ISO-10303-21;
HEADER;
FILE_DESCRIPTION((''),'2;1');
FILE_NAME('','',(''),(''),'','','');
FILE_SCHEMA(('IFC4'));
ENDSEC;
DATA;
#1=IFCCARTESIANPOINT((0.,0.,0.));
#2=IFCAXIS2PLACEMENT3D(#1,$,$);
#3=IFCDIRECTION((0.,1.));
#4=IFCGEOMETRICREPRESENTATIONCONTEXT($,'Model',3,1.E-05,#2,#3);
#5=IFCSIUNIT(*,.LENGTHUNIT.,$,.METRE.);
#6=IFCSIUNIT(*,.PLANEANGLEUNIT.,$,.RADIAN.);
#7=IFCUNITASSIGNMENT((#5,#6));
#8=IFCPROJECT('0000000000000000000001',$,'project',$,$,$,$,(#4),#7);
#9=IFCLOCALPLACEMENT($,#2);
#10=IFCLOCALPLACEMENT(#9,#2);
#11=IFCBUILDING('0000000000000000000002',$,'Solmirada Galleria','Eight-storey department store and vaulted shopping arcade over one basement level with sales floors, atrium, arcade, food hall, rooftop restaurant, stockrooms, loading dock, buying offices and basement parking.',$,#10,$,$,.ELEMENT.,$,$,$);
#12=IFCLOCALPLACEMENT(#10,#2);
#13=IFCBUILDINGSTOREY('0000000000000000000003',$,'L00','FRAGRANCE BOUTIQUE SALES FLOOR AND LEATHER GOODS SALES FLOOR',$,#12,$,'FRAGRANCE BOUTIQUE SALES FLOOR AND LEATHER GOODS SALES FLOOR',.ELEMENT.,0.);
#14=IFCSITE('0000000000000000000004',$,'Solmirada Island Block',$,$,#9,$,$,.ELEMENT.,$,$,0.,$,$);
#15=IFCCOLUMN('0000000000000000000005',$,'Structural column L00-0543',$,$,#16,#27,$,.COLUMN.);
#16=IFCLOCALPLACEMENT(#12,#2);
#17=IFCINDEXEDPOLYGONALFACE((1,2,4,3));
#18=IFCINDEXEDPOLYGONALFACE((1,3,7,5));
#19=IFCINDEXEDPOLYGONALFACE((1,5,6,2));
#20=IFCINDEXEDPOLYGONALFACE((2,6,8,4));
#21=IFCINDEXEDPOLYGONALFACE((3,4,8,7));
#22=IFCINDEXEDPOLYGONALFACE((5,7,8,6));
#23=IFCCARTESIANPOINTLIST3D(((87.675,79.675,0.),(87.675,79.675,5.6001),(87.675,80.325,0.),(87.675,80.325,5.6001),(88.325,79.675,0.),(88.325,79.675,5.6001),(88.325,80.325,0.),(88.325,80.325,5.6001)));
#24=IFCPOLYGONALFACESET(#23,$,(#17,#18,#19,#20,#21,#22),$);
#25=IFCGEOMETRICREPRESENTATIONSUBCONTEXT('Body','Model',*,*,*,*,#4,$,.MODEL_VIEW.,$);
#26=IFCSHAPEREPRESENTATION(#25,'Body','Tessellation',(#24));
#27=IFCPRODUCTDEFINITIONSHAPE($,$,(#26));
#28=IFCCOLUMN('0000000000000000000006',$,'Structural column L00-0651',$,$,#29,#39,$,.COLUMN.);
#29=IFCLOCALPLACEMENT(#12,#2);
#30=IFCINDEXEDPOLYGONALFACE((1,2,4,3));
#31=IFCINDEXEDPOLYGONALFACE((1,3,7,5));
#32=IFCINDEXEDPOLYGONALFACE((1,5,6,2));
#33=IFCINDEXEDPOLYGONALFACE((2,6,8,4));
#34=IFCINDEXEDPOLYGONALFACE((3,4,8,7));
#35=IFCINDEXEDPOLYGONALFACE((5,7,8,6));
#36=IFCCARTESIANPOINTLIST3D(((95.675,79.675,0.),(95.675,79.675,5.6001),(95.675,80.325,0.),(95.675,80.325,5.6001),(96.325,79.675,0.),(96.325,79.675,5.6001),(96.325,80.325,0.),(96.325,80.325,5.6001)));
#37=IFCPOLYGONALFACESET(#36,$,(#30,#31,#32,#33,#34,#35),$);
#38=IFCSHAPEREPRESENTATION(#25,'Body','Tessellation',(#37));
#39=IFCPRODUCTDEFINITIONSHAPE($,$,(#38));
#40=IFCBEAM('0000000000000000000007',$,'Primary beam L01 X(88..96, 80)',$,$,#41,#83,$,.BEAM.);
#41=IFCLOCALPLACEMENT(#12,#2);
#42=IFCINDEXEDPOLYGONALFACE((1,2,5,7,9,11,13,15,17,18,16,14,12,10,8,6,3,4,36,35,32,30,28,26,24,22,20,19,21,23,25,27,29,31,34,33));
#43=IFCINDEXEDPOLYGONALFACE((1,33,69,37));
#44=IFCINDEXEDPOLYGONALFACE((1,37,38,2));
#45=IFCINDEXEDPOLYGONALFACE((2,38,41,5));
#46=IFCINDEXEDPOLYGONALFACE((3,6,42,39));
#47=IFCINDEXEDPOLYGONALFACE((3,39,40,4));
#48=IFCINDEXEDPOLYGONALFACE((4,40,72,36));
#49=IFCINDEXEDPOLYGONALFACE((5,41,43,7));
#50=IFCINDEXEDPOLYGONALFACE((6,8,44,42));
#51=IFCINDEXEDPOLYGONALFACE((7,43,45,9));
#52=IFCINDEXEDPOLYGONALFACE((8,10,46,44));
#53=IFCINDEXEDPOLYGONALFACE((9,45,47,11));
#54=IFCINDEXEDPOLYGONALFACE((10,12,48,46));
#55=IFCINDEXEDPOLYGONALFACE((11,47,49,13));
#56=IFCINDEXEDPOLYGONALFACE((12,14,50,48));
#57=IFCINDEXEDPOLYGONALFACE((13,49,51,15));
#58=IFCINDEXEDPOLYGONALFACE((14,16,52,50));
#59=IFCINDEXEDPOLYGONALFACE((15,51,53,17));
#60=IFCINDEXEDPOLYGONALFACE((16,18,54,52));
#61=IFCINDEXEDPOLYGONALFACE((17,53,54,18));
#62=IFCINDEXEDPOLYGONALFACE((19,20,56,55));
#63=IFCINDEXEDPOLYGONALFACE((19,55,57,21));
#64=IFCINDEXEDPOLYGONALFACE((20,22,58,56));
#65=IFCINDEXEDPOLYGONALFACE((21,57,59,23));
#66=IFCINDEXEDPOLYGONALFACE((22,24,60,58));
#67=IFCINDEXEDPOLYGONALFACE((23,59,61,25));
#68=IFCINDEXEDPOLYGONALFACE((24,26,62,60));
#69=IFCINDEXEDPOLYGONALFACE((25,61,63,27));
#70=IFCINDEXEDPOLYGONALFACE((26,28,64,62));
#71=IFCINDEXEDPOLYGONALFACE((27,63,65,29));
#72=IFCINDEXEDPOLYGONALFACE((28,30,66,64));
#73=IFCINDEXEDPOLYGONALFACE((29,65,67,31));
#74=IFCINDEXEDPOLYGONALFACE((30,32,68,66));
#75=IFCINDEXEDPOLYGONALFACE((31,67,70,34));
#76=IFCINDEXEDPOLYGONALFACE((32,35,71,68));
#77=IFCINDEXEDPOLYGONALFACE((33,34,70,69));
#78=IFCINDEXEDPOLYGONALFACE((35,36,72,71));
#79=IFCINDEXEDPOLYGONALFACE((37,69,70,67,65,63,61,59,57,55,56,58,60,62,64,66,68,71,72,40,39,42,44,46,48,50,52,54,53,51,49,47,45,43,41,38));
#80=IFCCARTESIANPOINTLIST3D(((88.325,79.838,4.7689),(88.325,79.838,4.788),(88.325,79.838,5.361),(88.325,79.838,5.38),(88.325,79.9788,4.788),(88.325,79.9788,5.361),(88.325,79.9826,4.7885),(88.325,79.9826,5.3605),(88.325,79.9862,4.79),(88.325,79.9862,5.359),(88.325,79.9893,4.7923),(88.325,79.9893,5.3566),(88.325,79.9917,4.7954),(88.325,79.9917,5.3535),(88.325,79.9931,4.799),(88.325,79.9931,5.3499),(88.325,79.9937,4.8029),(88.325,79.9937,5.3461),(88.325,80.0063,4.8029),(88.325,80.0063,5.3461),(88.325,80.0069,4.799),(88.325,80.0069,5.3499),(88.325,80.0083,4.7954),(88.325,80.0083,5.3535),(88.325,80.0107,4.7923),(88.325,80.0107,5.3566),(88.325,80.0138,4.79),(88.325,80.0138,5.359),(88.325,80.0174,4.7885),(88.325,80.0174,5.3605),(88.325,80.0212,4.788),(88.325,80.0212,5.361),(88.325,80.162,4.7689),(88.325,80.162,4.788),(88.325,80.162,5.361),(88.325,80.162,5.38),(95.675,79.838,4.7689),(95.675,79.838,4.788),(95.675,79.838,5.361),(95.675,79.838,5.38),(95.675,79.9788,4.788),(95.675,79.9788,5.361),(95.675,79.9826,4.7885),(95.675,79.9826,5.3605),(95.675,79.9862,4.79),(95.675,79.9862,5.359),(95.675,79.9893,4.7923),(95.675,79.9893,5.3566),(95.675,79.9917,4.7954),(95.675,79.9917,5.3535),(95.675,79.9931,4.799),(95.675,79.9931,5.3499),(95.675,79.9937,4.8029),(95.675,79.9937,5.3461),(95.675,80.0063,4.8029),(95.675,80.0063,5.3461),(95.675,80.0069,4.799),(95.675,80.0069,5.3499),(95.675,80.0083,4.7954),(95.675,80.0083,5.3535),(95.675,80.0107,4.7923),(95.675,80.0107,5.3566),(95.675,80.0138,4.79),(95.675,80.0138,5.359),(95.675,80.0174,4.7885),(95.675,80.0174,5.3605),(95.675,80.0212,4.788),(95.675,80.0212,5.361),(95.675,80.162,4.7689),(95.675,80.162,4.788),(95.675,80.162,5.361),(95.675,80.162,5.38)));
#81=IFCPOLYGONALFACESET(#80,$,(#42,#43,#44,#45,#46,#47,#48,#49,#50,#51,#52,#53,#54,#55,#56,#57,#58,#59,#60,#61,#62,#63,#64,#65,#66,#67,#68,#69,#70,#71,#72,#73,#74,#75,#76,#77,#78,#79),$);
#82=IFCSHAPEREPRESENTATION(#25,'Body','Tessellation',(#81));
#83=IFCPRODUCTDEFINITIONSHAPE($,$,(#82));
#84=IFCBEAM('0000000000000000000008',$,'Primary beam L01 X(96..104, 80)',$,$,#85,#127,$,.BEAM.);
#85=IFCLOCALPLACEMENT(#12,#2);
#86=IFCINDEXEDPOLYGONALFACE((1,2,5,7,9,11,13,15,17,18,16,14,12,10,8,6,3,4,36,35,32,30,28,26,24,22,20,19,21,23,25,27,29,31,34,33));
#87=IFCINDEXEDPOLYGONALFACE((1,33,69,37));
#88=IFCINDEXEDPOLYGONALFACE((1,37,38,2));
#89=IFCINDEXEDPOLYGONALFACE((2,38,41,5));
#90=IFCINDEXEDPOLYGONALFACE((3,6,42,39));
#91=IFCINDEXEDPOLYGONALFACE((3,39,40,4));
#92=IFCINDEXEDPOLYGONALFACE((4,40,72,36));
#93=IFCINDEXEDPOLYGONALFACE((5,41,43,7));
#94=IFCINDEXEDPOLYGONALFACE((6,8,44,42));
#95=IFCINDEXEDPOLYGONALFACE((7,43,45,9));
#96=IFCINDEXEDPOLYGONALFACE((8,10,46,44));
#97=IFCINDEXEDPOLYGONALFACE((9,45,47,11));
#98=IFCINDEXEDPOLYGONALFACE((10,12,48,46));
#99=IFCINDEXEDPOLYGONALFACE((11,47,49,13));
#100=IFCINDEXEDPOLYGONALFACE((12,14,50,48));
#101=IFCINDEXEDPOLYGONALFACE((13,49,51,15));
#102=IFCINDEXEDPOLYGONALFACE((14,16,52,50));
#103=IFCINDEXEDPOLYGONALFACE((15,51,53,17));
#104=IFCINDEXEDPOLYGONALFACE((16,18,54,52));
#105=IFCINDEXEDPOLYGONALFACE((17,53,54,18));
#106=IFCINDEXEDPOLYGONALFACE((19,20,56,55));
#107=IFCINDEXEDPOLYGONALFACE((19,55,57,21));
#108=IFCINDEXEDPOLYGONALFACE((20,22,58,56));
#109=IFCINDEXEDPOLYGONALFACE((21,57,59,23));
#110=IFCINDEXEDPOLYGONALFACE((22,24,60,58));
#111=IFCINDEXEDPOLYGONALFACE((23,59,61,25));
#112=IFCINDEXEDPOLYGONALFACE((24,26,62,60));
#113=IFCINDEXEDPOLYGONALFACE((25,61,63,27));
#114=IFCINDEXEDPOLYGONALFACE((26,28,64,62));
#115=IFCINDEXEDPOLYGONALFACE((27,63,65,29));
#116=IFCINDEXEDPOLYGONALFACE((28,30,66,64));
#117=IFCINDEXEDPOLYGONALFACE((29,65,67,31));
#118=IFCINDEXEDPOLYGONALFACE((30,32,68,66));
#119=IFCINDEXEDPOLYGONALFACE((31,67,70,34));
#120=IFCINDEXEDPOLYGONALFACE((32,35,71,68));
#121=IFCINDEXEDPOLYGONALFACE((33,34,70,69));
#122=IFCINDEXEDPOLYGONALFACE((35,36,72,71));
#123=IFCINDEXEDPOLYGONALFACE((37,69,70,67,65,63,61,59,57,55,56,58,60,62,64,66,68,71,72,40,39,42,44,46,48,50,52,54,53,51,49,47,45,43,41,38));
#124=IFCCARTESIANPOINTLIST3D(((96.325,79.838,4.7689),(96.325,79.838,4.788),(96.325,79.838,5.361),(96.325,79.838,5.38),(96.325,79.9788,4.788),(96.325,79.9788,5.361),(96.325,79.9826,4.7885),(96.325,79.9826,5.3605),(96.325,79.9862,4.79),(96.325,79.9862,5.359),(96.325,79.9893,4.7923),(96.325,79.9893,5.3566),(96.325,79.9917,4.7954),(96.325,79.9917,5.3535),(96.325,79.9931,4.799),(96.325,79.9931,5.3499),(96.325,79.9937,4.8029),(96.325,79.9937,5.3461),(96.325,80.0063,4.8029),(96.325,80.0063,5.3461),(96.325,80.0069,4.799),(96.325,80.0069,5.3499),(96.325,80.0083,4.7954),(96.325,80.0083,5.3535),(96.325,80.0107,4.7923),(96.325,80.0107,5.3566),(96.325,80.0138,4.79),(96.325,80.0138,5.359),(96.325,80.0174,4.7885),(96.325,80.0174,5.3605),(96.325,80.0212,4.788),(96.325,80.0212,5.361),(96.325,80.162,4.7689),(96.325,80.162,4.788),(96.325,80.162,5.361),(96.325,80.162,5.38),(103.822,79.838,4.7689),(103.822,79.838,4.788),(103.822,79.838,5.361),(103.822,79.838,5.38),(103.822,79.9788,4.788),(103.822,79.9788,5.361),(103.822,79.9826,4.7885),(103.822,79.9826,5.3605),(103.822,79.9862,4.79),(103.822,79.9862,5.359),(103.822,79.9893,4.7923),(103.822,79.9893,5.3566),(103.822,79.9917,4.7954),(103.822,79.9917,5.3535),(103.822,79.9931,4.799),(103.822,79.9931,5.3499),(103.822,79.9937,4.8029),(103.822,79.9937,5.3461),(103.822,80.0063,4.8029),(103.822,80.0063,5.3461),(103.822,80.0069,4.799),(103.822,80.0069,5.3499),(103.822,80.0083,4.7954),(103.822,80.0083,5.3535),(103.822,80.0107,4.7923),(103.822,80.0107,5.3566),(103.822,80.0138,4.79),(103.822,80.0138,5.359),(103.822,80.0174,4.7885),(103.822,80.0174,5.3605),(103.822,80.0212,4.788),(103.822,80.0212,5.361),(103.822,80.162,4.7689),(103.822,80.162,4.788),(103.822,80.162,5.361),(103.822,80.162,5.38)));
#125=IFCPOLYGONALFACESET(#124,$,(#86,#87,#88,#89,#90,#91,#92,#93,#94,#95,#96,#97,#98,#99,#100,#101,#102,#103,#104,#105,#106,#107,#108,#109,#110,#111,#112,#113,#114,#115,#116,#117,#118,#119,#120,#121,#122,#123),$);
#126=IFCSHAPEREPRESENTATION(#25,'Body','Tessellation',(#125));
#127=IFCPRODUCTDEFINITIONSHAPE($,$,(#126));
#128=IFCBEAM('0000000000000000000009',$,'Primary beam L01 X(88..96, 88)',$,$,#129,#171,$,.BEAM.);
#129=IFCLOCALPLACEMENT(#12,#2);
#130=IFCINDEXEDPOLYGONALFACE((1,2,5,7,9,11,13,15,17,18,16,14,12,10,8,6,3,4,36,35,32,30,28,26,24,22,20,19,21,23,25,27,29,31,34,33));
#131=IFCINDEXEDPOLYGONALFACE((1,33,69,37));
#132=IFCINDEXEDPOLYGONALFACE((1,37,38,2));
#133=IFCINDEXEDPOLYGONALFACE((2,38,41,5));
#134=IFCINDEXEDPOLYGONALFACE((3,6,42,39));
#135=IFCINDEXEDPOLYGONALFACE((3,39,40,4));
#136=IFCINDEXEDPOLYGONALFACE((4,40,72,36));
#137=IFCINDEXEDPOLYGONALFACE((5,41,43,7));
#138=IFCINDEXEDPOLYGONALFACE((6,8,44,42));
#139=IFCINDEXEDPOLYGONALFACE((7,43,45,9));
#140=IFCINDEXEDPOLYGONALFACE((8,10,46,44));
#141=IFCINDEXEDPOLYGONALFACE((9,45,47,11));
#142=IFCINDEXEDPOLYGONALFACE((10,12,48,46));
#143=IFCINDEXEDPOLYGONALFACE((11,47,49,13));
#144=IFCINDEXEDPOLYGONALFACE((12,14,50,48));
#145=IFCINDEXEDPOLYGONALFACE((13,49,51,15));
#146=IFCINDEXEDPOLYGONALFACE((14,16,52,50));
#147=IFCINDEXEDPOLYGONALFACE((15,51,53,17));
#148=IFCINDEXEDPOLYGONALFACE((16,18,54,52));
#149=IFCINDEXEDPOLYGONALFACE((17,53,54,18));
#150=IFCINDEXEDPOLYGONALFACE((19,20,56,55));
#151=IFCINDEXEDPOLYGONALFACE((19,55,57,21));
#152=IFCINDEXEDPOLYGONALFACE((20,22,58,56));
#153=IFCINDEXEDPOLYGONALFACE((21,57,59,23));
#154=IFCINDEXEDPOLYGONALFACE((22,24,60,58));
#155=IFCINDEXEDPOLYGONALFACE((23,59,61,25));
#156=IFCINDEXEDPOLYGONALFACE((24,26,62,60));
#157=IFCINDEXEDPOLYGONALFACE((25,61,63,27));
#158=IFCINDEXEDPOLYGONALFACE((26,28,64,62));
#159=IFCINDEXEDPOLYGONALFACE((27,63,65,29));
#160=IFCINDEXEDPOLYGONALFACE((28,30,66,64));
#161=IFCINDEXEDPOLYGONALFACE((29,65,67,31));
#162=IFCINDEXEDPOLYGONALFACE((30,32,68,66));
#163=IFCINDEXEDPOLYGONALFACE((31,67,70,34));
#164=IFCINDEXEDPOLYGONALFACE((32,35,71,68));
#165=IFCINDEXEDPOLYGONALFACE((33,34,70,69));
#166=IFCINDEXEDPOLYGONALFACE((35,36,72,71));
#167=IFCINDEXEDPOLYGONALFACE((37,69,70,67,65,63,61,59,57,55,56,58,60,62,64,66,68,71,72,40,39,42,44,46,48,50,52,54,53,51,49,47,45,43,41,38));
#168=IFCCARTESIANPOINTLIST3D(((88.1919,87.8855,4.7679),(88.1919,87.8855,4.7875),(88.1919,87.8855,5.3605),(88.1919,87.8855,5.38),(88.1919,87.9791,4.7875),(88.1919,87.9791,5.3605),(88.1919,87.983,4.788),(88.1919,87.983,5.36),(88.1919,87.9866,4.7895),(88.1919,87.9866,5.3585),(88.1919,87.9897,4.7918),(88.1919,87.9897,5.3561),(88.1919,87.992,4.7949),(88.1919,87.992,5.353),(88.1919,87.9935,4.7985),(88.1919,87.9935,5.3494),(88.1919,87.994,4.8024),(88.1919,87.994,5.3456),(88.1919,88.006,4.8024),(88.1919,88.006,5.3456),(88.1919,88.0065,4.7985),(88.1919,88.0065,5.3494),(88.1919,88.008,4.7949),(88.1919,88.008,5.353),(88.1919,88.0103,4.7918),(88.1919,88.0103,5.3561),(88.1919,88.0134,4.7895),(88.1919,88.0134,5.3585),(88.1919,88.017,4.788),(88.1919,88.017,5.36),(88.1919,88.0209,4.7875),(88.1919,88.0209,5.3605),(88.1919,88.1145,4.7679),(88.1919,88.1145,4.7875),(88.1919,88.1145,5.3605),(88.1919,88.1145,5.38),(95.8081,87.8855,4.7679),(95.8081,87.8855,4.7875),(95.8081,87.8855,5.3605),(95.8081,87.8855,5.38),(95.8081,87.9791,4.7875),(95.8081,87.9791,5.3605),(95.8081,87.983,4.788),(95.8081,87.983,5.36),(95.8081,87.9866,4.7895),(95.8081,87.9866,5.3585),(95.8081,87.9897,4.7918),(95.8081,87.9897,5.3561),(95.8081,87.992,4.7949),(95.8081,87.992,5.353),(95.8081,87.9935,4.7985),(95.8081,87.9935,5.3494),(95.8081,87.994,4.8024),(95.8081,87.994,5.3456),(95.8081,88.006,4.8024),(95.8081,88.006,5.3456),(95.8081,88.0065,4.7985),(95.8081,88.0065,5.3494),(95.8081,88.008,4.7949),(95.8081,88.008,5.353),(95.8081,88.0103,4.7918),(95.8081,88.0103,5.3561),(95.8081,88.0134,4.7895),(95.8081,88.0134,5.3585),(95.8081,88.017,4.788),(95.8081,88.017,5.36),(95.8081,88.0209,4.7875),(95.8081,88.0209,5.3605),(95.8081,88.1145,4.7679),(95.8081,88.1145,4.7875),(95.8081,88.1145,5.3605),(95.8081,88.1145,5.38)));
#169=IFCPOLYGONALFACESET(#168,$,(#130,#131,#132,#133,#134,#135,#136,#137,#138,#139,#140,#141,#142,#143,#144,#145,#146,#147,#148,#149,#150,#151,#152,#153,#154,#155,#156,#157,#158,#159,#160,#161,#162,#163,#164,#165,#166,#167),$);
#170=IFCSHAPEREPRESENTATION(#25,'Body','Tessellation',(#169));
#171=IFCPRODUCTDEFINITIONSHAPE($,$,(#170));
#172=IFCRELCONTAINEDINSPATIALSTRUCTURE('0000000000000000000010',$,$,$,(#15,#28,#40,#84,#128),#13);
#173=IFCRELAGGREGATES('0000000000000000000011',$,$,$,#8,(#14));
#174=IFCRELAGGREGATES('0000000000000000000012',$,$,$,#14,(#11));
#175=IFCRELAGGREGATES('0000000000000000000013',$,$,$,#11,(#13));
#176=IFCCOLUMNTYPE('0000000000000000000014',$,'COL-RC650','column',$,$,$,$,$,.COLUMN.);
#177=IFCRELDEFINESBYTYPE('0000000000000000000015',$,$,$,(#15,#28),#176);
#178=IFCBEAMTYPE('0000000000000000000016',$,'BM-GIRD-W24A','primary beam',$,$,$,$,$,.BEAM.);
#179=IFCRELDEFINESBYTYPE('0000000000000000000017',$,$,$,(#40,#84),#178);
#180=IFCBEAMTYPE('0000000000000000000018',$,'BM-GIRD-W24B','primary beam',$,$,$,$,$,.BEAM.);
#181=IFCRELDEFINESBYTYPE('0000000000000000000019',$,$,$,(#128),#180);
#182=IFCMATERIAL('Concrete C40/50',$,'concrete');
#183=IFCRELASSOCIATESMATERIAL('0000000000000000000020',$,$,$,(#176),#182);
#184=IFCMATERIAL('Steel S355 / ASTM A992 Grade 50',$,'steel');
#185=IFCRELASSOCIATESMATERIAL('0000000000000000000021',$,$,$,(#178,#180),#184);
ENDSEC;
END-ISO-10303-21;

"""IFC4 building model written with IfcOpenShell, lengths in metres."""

from ifc_helpers import new_model, si_unit, direction, frame, origin, origin_2d, place, context, subcontext, project, spatial, rectangle, i_section, extrude, material, material_profile, profile_set, type_object, element, save


model = new_model("IFC4")

# Units and contexts
model_context = context("Model", 3, precision=1e-05, world=origin(), true_north=direction((0.0, 1.0)))
body_context = subcontext(model_context, "Body", "Model", "MODEL_VIEW")
ifc_project = project(units=[si_unit("LENGTHUNIT", "METRE"), si_unit("PLANEANGLEUNIT", "RADIAN")], contexts=[model_context])

# Site, building, storey
site_placement = place(None, origin())
site = spatial("IfcSite", under=ifc_project, at=site_placement, Name="Solmirada Island Block", CompositionType="ELEMENT", RefElevation=0.0)
building_placement = place(site_placement, origin())
building = spatial("IfcBuilding", under=site, at=building_placement, Name="Solmirada Galleria", Description="Eight-storey department store and vaulted shopping arcade over one basement level with sales floors, atrium, arcade, food hall, rooftop restaurant, stockrooms, loading dock, buying offices and basement parking.", CompositionType="ELEMENT")
storey_placement = place(building_placement, origin())
storey = spatial("IfcBuildingStorey", under=building, at=storey_placement, Name="L00", Description="FRAGRANCE BOUTIQUE SALES FLOOR AND LEATHER GOODS SALES FLOOR", LongName="FRAGRANCE BOUTIQUE SALES FLOOR AND LEATHER GOODS SALES FLOOR", CompositionType="ELEMENT", Elevation=0.0)

# Columns
ifc_material_1 = material(Name="Concrete C40/50", Category="concrete")
ifc_material_profile_1 = material_profile(ifc_material_1, rectangle(XDim=0.6499, YDim=0.6499, at=origin_2d()), Name="RC650X650")
ifc_profile_set_1 = profile_set([ifc_material_profile_1], Name="Concrete C40/50")
column_type_1 = type_object("IfcColumnType", Name="COL-RC650", Description="column", PredefinedType="COLUMN", material=ifc_profile_set_1)
for number, where, z_axis, x_axis, name in (
    (1, (88.0, 80.0, 0.0), (0.0, 0.0, 1.0), (1.0, 0.0, 0.0), "Structural column L00-0543"),
    (2, (96.0, 80.0, 0.0), (0.0, 0.0, 1.0), (1.0, 0.0, 0.0), "Structural column L00-0651"),
):
    element("IfcColumn", number, at=place(storey_placement, frame(where, z_axis=z_axis, x_axis=x_axis)), inside=storey, type_object=column_type_1, Name=name, PredefinedType="COLUMN", context=body_context, shape_type="SweptSolid", body=[
        extrude(rectangle(XDim=0.6499, YDim=0.6499, at=origin_2d()), origin(), (0.0, 0.0, 1.0), 5.6001),
    ])

# Beams
ifc_material_2 = material(Name="Steel S355 / ASTM A992 Grade 50", Category="steel")
ifc_material_profile_2 = material_profile(ifc_material_2, i_section(OverallWidth=0.324, OverallDepth=0.6111, WebThickness=0.0127, FlangeThickness=0.019, FilletRadius=0.0149, at=origin_2d()), Name="W24X104")
ifc_profile_set_2 = profile_set([ifc_material_profile_2], Name="Steel S355 / ASTM A992 Grade 50")
beam_type_1 = type_object("IfcBeamType", Name="BM-GIRD-W24A", Description="primary beam", PredefinedType="BEAM", material=ifc_profile_set_2)
beam_1_placement = place(storey_placement, frame((88.325, 80.0, 5.0745), z_axis=(1.0, 0.0, 0.0), x_axis=(0.0, 1.0, 0.0)))
element("IfcBeam", 3, at=beam_1_placement, inside=storey, type_object=beam_type_1, Name="Primary beam L01 X(88..96, 80)", PredefinedType="BEAM", context=body_context, shape_type="SweptSolid", body=[
    extrude(i_section(OverallWidth=0.324, OverallDepth=0.6111, WebThickness=0.0127, FlangeThickness=0.019, FilletRadius=0.0149, at=origin_2d()), origin(), (0.0, 0.0, 1.0), 7.3501),
])
beam_2_placement = place(storey_placement, frame((96.325, 80.0, 5.0745), z_axis=(1.0, 0.0, 0.0), x_axis=(0.0, 1.0, 0.0)))
element("IfcBeam", 4, at=beam_2_placement, inside=storey, type_object=beam_type_1, Name="Primary beam L01 X(96..104, 80)", PredefinedType="BEAM", context=body_context, shape_type="SweptSolid", body=[
    extrude(i_section(OverallWidth=0.324, OverallDepth=0.6111, WebThickness=0.0127, FlangeThickness=0.019, FilletRadius=0.0149, at=origin_2d()), origin(), (0.0, 0.0, 1.0), 7.4971),
])
ifc_material_profile_3 = material_profile(ifc_material_2, i_section(OverallWidth=0.229, OverallDepth=0.6121, WebThickness=0.012, FlangeThickness=0.0195, FilletRadius=0.0149, at=origin_2d()), Name="W24X84")
ifc_profile_set_3 = profile_set([ifc_material_profile_3], Name="Steel S355 / ASTM A992 Grade 50")
beam_type_2 = type_object("IfcBeamType", Name="BM-GIRD-W24B", Description="primary beam", PredefinedType="BEAM", material=ifc_profile_set_3)
for number, where, z_axis, x_axis, name in (
    (5, (88.1919, 88.0, 5.074), (1.0, 0.0, 0.0), (0.0, 1.0, 0.0), "Primary beam L01 X(88..96, 88)"),
):
    element("IfcBeam", number, at=place(storey_placement, frame(where, z_axis=z_axis, x_axis=x_axis)), inside=storey, type_object=beam_type_2, Name=name, PredefinedType="BEAM", context=body_context, shape_type="SweptSolid", body=[
        extrude(i_section(OverallWidth=0.229, OverallDepth=0.6121, WebThickness=0.012, FlangeThickness=0.0195, FilletRadius=0.0149, at=origin_2d()), origin(), (0.0, 0.0, 1.0), 7.6162),
    ])

save(model, "model.ifc")
